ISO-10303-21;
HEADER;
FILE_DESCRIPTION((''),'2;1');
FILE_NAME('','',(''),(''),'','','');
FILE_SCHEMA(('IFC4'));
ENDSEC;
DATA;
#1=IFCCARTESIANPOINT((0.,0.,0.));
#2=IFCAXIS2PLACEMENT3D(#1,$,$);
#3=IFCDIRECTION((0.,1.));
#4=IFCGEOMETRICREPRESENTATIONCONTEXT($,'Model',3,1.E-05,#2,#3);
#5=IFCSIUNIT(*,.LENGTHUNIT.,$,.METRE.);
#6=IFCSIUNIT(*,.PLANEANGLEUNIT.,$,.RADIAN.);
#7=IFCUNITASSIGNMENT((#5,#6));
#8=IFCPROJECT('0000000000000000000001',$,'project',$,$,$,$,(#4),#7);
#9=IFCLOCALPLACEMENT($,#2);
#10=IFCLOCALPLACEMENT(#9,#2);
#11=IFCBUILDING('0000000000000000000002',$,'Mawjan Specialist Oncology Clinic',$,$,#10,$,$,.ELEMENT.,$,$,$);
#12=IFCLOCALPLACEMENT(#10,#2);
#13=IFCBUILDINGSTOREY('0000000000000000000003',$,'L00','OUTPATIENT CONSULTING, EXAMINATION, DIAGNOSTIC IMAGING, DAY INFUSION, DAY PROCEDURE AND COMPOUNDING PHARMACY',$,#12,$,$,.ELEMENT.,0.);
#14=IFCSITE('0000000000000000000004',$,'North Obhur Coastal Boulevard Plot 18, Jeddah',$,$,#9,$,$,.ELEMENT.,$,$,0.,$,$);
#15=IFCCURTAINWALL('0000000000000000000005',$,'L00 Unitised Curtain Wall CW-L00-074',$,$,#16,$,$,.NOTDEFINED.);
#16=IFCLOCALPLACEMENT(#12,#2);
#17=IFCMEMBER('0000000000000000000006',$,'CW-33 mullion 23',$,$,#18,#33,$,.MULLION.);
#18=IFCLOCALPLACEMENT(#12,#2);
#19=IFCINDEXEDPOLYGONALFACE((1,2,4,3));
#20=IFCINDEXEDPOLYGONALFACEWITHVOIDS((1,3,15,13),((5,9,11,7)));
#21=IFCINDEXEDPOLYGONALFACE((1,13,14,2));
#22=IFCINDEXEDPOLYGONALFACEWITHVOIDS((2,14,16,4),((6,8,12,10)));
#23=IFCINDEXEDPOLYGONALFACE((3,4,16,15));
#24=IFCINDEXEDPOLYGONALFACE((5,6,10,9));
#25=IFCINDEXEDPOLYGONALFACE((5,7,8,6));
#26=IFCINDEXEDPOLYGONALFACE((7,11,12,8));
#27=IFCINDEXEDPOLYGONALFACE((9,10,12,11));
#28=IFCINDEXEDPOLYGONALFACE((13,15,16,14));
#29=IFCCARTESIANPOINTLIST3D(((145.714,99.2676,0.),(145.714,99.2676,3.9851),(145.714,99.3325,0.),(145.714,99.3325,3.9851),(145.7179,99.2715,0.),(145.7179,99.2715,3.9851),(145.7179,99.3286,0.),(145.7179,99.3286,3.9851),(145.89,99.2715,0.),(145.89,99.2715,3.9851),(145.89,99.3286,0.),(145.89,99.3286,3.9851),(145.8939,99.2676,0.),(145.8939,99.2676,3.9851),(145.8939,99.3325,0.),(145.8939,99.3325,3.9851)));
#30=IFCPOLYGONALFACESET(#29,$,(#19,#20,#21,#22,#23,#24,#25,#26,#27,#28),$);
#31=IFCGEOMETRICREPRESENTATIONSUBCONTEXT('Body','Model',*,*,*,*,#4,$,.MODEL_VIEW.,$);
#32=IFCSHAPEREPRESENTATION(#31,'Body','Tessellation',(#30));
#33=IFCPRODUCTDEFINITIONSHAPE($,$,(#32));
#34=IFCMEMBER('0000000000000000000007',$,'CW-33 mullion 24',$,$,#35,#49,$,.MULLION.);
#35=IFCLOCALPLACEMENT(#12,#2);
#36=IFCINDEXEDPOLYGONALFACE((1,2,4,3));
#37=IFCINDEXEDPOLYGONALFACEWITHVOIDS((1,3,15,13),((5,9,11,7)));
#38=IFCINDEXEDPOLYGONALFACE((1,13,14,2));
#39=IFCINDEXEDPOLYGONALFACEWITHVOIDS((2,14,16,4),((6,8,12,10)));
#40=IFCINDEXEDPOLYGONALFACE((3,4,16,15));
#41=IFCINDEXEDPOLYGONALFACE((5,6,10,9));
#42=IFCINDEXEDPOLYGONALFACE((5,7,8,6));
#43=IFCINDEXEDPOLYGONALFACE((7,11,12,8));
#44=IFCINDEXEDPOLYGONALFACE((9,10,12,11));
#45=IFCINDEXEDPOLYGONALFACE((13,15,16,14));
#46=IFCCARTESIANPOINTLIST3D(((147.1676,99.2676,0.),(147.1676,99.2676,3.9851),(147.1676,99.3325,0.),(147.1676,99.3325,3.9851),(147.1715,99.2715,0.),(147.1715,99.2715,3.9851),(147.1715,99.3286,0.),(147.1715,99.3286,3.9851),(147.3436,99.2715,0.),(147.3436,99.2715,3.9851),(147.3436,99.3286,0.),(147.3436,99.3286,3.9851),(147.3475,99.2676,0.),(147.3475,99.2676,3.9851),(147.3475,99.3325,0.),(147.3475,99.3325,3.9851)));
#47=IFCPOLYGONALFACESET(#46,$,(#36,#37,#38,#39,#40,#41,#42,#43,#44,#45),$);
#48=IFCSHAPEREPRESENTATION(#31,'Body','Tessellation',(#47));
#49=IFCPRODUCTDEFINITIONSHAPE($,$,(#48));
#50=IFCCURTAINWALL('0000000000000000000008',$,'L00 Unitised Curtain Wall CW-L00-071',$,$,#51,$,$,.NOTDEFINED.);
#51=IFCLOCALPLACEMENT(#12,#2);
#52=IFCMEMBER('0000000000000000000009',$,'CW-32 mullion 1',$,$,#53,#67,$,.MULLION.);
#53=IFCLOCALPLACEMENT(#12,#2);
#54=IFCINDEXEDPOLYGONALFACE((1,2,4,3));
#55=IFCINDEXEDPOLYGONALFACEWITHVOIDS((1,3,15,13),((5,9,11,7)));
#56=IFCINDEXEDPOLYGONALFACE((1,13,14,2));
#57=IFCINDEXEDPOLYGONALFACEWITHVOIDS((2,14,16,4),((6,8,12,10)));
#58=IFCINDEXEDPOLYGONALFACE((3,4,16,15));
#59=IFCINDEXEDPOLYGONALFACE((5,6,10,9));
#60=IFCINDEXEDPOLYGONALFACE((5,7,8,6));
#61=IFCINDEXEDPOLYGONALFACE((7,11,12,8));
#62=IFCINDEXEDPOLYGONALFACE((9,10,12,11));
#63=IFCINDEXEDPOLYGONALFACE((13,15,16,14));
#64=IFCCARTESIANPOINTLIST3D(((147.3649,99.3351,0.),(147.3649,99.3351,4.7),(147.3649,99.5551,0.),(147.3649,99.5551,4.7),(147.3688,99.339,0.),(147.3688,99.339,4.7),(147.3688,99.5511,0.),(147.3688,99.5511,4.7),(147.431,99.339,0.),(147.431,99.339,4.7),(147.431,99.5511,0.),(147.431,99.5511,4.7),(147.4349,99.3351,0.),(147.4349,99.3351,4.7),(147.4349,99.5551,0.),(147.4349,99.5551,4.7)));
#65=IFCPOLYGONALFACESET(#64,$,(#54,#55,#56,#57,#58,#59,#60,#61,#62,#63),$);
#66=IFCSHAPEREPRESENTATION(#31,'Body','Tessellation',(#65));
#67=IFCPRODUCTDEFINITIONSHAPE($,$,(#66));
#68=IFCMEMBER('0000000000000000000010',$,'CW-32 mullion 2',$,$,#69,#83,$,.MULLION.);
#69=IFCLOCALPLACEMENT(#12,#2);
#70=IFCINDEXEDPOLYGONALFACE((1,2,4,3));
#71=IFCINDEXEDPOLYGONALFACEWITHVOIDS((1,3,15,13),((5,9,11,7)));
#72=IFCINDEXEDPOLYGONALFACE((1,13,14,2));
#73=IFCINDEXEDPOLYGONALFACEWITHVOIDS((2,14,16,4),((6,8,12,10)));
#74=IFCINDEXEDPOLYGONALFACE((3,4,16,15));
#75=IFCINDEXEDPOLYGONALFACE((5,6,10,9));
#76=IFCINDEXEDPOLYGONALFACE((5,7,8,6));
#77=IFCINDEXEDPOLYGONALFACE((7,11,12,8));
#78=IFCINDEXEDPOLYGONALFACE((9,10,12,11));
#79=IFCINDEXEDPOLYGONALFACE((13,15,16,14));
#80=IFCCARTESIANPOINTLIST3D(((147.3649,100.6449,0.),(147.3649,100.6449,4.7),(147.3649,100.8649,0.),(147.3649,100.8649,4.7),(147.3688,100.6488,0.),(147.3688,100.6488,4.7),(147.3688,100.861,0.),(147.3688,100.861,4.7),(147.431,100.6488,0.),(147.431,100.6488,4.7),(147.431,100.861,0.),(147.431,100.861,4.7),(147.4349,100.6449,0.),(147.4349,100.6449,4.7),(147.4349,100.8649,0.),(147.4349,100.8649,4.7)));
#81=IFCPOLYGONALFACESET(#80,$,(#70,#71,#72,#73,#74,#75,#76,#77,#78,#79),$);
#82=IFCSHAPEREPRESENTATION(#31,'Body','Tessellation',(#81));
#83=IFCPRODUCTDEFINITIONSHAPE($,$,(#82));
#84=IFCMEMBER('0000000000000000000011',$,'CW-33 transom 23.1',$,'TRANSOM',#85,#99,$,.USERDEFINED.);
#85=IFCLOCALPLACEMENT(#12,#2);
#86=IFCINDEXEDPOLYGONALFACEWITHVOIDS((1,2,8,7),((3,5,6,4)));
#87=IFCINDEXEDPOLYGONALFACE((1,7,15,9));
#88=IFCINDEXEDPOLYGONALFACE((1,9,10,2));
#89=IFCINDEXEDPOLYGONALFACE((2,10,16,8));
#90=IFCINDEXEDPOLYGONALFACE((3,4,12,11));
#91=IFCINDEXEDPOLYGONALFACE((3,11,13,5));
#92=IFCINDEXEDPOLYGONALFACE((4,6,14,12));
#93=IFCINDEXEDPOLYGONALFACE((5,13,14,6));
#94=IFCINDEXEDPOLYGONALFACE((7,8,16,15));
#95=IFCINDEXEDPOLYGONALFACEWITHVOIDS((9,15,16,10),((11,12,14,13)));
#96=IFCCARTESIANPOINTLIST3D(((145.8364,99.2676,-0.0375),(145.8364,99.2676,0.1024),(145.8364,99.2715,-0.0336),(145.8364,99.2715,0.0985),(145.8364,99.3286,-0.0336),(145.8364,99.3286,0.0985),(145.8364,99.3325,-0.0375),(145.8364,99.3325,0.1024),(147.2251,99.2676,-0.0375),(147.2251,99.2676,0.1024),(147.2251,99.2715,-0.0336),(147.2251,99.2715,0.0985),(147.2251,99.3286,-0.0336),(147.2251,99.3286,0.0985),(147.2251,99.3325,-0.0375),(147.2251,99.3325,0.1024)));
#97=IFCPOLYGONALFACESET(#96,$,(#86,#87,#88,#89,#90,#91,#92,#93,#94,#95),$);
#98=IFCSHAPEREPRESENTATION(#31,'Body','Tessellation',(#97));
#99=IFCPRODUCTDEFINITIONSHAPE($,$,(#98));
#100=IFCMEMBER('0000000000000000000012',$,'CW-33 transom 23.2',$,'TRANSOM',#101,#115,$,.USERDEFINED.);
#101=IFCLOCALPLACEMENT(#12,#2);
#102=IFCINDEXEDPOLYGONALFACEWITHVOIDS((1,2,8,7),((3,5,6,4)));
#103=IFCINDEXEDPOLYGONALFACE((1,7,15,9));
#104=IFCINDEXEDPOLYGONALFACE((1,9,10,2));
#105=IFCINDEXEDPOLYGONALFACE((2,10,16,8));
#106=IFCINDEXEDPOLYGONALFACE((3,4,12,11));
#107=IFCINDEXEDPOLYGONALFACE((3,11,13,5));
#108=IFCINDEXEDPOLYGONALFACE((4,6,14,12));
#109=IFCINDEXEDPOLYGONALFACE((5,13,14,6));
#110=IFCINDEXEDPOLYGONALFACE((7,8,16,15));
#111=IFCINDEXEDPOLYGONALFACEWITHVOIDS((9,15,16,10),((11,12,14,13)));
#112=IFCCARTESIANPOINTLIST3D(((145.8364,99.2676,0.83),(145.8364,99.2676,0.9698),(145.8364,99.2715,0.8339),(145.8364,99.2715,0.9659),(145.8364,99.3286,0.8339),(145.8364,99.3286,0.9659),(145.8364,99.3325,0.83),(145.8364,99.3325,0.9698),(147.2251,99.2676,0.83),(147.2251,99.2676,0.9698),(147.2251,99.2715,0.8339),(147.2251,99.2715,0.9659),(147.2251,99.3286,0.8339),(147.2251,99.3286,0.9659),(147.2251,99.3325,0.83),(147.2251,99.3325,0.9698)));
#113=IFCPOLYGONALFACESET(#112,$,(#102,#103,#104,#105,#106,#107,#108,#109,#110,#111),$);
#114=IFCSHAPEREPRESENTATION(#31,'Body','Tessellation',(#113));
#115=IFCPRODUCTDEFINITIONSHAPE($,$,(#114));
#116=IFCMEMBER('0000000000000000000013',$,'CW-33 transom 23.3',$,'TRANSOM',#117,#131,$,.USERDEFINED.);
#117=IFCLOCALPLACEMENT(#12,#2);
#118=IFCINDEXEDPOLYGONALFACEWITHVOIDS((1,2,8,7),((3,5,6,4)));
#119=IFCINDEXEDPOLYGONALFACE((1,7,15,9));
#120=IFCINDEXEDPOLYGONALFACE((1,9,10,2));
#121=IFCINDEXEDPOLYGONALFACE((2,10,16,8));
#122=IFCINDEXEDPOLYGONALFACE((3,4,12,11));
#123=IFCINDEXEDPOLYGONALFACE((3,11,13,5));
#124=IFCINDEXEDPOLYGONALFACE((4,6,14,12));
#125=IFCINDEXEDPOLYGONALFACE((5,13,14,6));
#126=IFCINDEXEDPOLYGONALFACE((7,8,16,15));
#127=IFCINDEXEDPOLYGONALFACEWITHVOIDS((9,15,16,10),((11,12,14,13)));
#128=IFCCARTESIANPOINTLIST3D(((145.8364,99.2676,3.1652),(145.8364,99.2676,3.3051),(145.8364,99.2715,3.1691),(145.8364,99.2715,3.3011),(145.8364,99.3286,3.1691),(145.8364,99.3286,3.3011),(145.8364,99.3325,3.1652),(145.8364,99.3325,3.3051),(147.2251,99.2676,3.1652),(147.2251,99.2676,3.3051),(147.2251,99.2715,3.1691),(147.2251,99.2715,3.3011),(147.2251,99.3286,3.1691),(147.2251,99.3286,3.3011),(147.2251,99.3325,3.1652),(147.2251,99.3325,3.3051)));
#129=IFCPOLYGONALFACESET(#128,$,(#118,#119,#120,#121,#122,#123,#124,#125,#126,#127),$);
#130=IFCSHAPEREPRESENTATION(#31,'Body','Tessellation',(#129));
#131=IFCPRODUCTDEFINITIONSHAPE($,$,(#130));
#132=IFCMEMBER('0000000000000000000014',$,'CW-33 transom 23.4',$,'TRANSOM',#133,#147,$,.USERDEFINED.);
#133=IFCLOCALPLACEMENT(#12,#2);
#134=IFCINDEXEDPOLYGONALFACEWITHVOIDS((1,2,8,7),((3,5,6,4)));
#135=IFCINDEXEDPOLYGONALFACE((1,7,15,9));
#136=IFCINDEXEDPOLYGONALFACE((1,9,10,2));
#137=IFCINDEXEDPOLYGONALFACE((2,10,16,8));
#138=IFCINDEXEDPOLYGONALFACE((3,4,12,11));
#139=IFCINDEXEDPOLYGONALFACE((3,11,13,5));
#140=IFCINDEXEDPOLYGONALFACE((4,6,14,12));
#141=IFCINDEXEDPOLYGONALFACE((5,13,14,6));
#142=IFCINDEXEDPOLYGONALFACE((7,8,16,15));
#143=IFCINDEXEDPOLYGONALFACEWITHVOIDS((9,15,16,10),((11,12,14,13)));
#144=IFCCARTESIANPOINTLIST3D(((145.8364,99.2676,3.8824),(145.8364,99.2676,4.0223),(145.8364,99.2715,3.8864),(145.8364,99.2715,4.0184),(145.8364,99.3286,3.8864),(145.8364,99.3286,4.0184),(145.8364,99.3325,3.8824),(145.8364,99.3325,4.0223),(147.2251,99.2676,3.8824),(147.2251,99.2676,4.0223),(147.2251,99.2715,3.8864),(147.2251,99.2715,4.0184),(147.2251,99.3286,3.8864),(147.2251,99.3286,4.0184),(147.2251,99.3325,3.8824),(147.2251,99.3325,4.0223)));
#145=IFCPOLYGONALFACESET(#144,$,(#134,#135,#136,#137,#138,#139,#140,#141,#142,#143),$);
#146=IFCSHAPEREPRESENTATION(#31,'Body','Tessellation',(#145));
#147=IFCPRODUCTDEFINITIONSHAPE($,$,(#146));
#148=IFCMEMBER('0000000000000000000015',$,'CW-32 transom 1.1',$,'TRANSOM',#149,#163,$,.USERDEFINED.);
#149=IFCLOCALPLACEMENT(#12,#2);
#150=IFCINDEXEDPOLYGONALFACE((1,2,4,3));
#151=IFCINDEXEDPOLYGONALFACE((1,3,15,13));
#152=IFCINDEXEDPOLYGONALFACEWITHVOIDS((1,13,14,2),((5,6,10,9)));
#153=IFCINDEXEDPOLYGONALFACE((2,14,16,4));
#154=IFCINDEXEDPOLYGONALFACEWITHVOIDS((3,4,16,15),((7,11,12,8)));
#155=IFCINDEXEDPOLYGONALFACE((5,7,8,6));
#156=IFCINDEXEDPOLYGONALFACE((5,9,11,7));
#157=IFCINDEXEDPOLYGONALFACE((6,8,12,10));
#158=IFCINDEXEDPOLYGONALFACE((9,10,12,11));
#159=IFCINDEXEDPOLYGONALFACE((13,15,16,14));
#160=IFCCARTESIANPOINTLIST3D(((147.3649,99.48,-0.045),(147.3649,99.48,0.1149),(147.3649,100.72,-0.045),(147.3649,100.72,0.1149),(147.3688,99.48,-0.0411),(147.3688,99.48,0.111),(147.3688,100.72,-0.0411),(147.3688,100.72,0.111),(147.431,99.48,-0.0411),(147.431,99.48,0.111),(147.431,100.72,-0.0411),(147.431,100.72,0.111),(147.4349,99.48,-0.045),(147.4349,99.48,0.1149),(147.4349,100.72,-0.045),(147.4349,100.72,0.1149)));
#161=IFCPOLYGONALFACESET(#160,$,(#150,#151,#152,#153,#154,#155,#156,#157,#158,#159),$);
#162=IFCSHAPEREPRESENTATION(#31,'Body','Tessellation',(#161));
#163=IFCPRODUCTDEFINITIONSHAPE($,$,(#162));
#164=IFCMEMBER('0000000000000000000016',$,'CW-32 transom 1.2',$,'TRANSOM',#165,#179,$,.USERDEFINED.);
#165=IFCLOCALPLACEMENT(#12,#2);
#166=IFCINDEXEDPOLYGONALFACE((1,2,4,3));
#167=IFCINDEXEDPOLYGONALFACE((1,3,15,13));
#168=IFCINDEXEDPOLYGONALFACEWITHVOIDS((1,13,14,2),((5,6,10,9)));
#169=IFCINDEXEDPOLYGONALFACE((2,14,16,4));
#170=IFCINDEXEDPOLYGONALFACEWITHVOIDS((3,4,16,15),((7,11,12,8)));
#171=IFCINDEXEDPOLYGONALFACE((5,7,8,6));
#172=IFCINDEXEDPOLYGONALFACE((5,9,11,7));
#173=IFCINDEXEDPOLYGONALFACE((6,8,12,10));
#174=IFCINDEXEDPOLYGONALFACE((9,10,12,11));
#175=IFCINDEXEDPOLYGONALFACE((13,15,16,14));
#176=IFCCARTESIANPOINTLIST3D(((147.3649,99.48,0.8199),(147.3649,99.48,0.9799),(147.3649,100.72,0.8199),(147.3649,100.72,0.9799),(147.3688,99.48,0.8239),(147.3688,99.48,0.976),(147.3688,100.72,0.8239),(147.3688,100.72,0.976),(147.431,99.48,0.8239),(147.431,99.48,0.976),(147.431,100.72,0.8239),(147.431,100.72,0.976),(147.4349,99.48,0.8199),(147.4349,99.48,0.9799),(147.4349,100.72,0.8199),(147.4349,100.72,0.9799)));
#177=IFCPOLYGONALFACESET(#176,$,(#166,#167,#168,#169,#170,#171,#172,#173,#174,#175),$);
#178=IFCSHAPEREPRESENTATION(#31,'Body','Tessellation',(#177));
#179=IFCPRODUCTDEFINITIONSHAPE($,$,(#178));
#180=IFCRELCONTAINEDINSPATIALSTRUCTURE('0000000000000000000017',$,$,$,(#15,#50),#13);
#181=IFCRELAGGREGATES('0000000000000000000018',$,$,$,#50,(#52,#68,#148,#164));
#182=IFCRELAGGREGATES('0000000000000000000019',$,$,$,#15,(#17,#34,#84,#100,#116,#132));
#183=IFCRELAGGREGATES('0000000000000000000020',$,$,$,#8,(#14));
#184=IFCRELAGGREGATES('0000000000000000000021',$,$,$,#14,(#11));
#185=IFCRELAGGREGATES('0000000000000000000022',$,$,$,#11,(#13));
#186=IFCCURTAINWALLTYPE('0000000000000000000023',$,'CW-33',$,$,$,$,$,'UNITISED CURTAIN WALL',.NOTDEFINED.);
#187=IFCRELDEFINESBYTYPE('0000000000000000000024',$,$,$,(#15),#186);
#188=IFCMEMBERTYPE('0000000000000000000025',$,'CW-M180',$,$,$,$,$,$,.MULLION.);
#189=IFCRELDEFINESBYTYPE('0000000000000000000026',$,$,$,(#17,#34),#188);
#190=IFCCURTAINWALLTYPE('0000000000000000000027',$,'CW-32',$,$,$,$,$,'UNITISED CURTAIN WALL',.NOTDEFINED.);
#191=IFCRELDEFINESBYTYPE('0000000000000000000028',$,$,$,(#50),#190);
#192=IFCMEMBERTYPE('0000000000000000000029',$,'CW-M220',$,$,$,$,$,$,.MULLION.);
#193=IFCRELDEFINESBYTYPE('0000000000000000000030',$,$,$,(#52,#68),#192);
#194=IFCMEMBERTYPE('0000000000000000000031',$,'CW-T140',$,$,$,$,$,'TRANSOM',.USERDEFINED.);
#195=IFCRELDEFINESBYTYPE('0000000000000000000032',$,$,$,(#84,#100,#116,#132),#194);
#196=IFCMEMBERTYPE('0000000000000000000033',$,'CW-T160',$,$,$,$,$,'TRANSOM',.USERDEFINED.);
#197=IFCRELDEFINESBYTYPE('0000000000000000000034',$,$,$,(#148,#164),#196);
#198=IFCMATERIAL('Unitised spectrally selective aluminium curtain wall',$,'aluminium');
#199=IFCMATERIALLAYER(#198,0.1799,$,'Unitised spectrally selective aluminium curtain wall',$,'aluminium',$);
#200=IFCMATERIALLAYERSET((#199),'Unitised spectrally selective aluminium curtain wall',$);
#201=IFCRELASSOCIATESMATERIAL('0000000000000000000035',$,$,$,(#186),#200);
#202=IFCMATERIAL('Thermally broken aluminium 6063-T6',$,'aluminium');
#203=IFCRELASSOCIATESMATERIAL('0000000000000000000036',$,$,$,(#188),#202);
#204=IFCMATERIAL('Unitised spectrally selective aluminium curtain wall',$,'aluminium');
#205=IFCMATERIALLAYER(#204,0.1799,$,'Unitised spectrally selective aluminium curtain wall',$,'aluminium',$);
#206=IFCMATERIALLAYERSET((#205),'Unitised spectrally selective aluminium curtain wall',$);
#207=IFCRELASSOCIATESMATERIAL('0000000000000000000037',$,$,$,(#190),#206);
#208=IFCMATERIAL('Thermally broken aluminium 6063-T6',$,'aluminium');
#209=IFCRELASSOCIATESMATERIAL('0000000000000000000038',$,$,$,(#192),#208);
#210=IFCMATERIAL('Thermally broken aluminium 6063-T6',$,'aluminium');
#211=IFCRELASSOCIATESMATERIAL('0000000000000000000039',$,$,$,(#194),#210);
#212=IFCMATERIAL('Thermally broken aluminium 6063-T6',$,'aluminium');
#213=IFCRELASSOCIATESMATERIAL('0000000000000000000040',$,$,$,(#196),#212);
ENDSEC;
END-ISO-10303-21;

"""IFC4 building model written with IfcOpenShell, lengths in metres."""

from ifc_helpers import new_model, si_unit, direction, frame, origin, origin_2d, place, context, subcontext, project, spatial, hollow_rectangle, extrude, material, layer, layer_set, material_profile, profile_set, type_object, element, aggregate, save


model = new_model("IFC4")

# Units and contexts
model_context = context("Model", 3, precision=1e-05, world=origin(), true_north=direction((0.0, 1.0)))
body_context = subcontext(model_context, "Body", "Model", "MODEL_VIEW")
ifc_project = project(units=[si_unit("LENGTHUNIT", "METRE"), si_unit("PLANEANGLEUNIT", "RADIAN")], contexts=[model_context])

# Site, building, storey
site_placement = place(None, origin())
site = spatial("IfcSite", under=ifc_project, at=site_placement, Name="North Obhur Coastal Boulevard Plot 18, Jeddah", CompositionType="ELEMENT", RefElevation=0.0)
building_placement = place(site_placement, origin())
building = spatial("IfcBuilding", under=site, at=building_placement, Name="Mawjan Specialist Oncology Clinic", CompositionType="ELEMENT")
storey_placement = place(building_placement, origin())
storey = spatial("IfcBuildingStorey", under=building, at=storey_placement, Name="L00", Description="OUTPATIENT CONSULTING, EXAMINATION, DIAGNOSTIC IMAGING, DAY INFUSION, DAY PROCEDURE AND COMPOUNDING PHARMACY", CompositionType="ELEMENT", Elevation=0.0)

# Curtain walls, members
ifc_material_1 = material(Name="Unitised spectrally selective aluminium curtain wall", Category="aluminium")
ifc_layer_1 = layer(ifc_material_1, 0.1799, Name="Unitised spectrally selective aluminium curtain wall", Category="aluminium")
ifc_layer_set_1 = layer_set([ifc_layer_1], Name="Unitised spectrally selective aluminium curtain wall")
curtain_wall_type_1 = type_object("IfcCurtainWallType", Name="CW-33", ElementType="UNITISED CURTAIN WALL", PredefinedType="NOTDEFINED", material=ifc_layer_set_1)
curtain_wall_1_placement = place(storey_placement, origin())
curtain_wall_1 = element("IfcCurtainWall", 1, at=curtain_wall_1_placement, inside=storey, type_object=curtain_wall_type_1, Name="L00 Unitised Curtain Wall CW-L00-074", PredefinedType="NOTDEFINED")
ifc_material_2 = material(Name="Thermally broken aluminium 6063-T6", Category="aluminium")
ifc_material_profile_1 = material_profile(ifc_material_2, hollow_rectangle(XDim=0.0649, YDim=0.1799, WallThickness=0.0039, at=origin_2d()), Name="ALU MULLION 180x65x4", Category="aluminium")
ifc_profile_set_1 = profile_set([ifc_material_profile_1], Name="Thermally broken aluminium 6063-T6")
member_type_1 = type_object("IfcMemberType", Name="CW-M180", PredefinedType="MULLION", material=ifc_profile_set_1)
member_1_placement = place(storey_placement, frame((145.804, 99.3, 0.0), z_axis=(0.0, 0.0, 1.0), x_axis=(0.0, 1.0, 0.0)))
member_1 = element("IfcMember", 2, at=member_1_placement, type_object=member_type_1, Name="CW-33 mullion 23", PredefinedType="MULLION", context=body_context, shape_type="SweptSolid", body=[
    extrude(hollow_rectangle(XDim=0.0649, YDim=0.1799, WallThickness=0.0039, at=origin_2d()), origin(), (0.0, 0.0, 1.0), 3.9851),
])
member_2_placement = place(storey_placement, frame((147.2576, 99.3, 0.0), z_axis=(0.0, 0.0, 1.0), x_axis=(0.0, 1.0, 0.0)))
member_2 = element("IfcMember", 3, at=member_2_placement, type_object=member_type_1, Name="CW-33 mullion 24", PredefinedType="MULLION", context=body_context, shape_type="SweptSolid", body=[
    extrude(hollow_rectangle(XDim=0.0649, YDim=0.1799, WallThickness=0.0039, at=origin_2d()), origin(), (0.0, 0.0, 1.0), 3.9851),
])
ifc_material_3 = material(Name="Unitised spectrally selective aluminium curtain wall", Category="aluminium")
ifc_layer_2 = layer(ifc_material_3, 0.1799, Name="Unitised spectrally selective aluminium curtain wall", Category="aluminium")
ifc_layer_set_2 = layer_set([ifc_layer_2], Name="Unitised spectrally selective aluminium curtain wall")
curtain_wall_type_2 = type_object("IfcCurtainWallType", Name="CW-32", ElementType="UNITISED CURTAIN WALL", PredefinedType="NOTDEFINED", material=ifc_layer_set_2)
curtain_wall_2_placement = place(storey_placement, origin())
curtain_wall_2 = element("IfcCurtainWall", 4, at=curtain_wall_2_placement, inside=storey, type_object=curtain_wall_type_2, Name="L00 Unitised Curtain Wall CW-L00-071", PredefinedType="NOTDEFINED")
ifc_material_4 = material(Name="Thermally broken aluminium 6063-T6", Category="aluminium")
ifc_material_profile_2 = material_profile(ifc_material_4, hollow_rectangle(XDim=0.0701, YDim=0.22, WallThickness=0.0039, at=origin_2d()), Name="ALU MULLION 220x70x4", Category="aluminium")
ifc_profile_set_2 = profile_set([ifc_material_profile_2], Name="Thermally broken aluminium 6063-T6")
member_type_2 = type_object("IfcMemberType", Name="CW-M220", PredefinedType="MULLION", material=ifc_profile_set_2)
member_3_placement = place(storey_placement, frame((147.3999, 99.4451, 0.0), z_axis=(0.0, 0.0, 1.0), x_axis=(-1.0, 0.0, 0.0)))
member_3 = element("IfcMember", 5, at=member_3_placement, type_object=member_type_2, Name="CW-32 mullion 1", PredefinedType="MULLION", context=body_context, shape_type="SweptSolid", body=[
    extrude(hollow_rectangle(XDim=0.0701, YDim=0.22, WallThickness=0.0039, at=origin_2d()), origin(), (0.0, 0.0, 1.0), 4.7),
])
member_4_placement = place(storey_placement, frame((147.3999, 100.7549, 0.0), z_axis=(0.0, 0.0, 1.0), x_axis=(-1.0, 0.0, 0.0)))
member_4 = element("IfcMember", 6, at=member_4_placement, type_object=member_type_2, Name="CW-32 mullion 2", PredefinedType="MULLION", context=body_context, shape_type="SweptSolid", body=[
    extrude(hollow_rectangle(XDim=0.0701, YDim=0.22, WallThickness=0.0039, at=origin_2d()), origin(), (0.0, 0.0, 1.0), 4.7),
])

# Members
ifc_material_5 = material(Name="Thermally broken aluminium 6063-T6", Category="aluminium")
ifc_material_profile_3 = material_profile(ifc_material_5, hollow_rectangle(XDim=0.0649, YDim=0.1399, WallThickness=0.0039, at=origin_2d()), Name="ALU TRANSOM 140x65x4", Category="aluminium")
ifc_profile_set_3 = profile_set([ifc_material_profile_3], Name="Thermally broken aluminium 6063-T6")
member_type_3 = type_object("IfcMemberType", Name="CW-T140", ElementType="TRANSOM", PredefinedType="USERDEFINED", material=ifc_profile_set_3)
member_5_placement = place(storey_placement, frame((145.8364, 99.3, 0.0325), z_axis=(1.0, 0.0, 0.0), x_axis=(0.0, 1.0, 0.0)))
member_5 = element("IfcMember", 7, at=member_5_placement, type_object=member_type_3, Name="CW-33 transom 23.1", ObjectType="TRANSOM", PredefinedType="USERDEFINED", context=body_context, shape_type="SweptSolid", body=[
    extrude(hollow_rectangle(XDim=0.0649, YDim=0.1399, WallThickness=0.0039, at=origin_2d()), origin(), (0.0, 0.0, 1.0), 1.3887),
])
member_6_placement = place(storey_placement, frame((145.8364, 99.3, 0.8999), z_axis=(1.0, 0.0, 0.0), x_axis=(0.0, 1.0, 0.0)))
member_6 = element("IfcMember", 8, at=member_6_placement, type_object=member_type_3, Name="CW-33 transom 23.2", ObjectType="TRANSOM", PredefinedType="USERDEFINED", context=body_context, shape_type="SweptSolid", body=[
    extrude(hollow_rectangle(XDim=0.0649, YDim=0.1399, WallThickness=0.0039, at=origin_2d()), origin(), (0.0, 0.0, 1.0), 1.3887),
])
member_7_placement = place(storey_placement, frame((145.8364, 99.3, 3.2351), z_axis=(1.0, 0.0, 0.0), x_axis=(0.0, 1.0, 0.0)))
member_7 = element("IfcMember", 9, at=member_7_placement, type_object=member_type_3, Name="CW-33 transom 23.3", ObjectType="TRANSOM", PredefinedType="USERDEFINED", context=body_context, shape_type="SweptSolid", body=[
    extrude(hollow_rectangle(XDim=0.0649, YDim=0.1399, WallThickness=0.0039, at=origin_2d()), origin(), (0.0, 0.0, 1.0), 1.3887),
])
member_8_placement = place(storey_placement, frame((145.8364, 99.3, 3.9524), z_axis=(1.0, 0.0, 0.0), x_axis=(0.0, 1.0, 0.0)))
member_8 = element("IfcMember", 10, at=member_8_placement, type_object=member_type_3, Name="CW-33 transom 23.4", ObjectType="TRANSOM", PredefinedType="USERDEFINED", context=body_context, shape_type="SweptSolid", body=[
    extrude(hollow_rectangle(XDim=0.0649, YDim=0.1399, WallThickness=0.0039, at=origin_2d()), origin(), (0.0, 0.0, 1.0), 1.3887),
])
ifc_material_6 = material(Name="Thermally broken aluminium 6063-T6", Category="aluminium")
ifc_material_profile_4 = material_profile(ifc_material_6, hollow_rectangle(XDim=0.0701, YDim=0.1599, WallThickness=0.0039, at=origin_2d()), Name="ALU TRANSOM 160x70x4", Category="aluminium")
ifc_profile_set_4 = profile_set([ifc_material_profile_4], Name="Thermally broken aluminium 6063-T6")
member_type_4 = type_object("IfcMemberType", Name="CW-T160", ElementType="TRANSOM", PredefinedType="USERDEFINED", material=ifc_profile_set_4)
member_9_placement = place(storey_placement, frame((147.3999, 99.48, 0.0349), z_axis=(0.0, 1.0, 0.0), x_axis=(-1.0, 0.0, 0.0)))
member_9 = element("IfcMember", 11, at=member_9_placement, type_object=member_type_4, Name="CW-32 transom 1.1", ObjectType="TRANSOM", PredefinedType="USERDEFINED", context=body_context, shape_type="SweptSolid", body=[
    extrude(hollow_rectangle(XDim=0.0701, YDim=0.1599, WallThickness=0.0039, at=origin_2d()), origin(), (0.0, 0.0, 1.0), 1.24),
])
member_10_placement = place(storey_placement, frame((147.3999, 99.48, 0.8999), z_axis=(0.0, 1.0, 0.0), x_axis=(-1.0, 0.0, 0.0)))
member_10 = element("IfcMember", 12, at=member_10_placement, type_object=member_type_4, Name="CW-32 transom 1.2", ObjectType="TRANSOM", PredefinedType="USERDEFINED", context=body_context, shape_type="SweptSolid", body=[
    extrude(hollow_rectangle(XDim=0.0701, YDim=0.1599, WallThickness=0.0039, at=origin_2d()), origin(), (0.0, 0.0, 1.0), 1.24),
])

aggregate(curtain_wall_2, [member_3, member_4, member_9, member_10])
aggregate(curtain_wall_1, [member_1, member_2, member_5, member_6, member_7, member_8])

save(model, "model.ifc")
